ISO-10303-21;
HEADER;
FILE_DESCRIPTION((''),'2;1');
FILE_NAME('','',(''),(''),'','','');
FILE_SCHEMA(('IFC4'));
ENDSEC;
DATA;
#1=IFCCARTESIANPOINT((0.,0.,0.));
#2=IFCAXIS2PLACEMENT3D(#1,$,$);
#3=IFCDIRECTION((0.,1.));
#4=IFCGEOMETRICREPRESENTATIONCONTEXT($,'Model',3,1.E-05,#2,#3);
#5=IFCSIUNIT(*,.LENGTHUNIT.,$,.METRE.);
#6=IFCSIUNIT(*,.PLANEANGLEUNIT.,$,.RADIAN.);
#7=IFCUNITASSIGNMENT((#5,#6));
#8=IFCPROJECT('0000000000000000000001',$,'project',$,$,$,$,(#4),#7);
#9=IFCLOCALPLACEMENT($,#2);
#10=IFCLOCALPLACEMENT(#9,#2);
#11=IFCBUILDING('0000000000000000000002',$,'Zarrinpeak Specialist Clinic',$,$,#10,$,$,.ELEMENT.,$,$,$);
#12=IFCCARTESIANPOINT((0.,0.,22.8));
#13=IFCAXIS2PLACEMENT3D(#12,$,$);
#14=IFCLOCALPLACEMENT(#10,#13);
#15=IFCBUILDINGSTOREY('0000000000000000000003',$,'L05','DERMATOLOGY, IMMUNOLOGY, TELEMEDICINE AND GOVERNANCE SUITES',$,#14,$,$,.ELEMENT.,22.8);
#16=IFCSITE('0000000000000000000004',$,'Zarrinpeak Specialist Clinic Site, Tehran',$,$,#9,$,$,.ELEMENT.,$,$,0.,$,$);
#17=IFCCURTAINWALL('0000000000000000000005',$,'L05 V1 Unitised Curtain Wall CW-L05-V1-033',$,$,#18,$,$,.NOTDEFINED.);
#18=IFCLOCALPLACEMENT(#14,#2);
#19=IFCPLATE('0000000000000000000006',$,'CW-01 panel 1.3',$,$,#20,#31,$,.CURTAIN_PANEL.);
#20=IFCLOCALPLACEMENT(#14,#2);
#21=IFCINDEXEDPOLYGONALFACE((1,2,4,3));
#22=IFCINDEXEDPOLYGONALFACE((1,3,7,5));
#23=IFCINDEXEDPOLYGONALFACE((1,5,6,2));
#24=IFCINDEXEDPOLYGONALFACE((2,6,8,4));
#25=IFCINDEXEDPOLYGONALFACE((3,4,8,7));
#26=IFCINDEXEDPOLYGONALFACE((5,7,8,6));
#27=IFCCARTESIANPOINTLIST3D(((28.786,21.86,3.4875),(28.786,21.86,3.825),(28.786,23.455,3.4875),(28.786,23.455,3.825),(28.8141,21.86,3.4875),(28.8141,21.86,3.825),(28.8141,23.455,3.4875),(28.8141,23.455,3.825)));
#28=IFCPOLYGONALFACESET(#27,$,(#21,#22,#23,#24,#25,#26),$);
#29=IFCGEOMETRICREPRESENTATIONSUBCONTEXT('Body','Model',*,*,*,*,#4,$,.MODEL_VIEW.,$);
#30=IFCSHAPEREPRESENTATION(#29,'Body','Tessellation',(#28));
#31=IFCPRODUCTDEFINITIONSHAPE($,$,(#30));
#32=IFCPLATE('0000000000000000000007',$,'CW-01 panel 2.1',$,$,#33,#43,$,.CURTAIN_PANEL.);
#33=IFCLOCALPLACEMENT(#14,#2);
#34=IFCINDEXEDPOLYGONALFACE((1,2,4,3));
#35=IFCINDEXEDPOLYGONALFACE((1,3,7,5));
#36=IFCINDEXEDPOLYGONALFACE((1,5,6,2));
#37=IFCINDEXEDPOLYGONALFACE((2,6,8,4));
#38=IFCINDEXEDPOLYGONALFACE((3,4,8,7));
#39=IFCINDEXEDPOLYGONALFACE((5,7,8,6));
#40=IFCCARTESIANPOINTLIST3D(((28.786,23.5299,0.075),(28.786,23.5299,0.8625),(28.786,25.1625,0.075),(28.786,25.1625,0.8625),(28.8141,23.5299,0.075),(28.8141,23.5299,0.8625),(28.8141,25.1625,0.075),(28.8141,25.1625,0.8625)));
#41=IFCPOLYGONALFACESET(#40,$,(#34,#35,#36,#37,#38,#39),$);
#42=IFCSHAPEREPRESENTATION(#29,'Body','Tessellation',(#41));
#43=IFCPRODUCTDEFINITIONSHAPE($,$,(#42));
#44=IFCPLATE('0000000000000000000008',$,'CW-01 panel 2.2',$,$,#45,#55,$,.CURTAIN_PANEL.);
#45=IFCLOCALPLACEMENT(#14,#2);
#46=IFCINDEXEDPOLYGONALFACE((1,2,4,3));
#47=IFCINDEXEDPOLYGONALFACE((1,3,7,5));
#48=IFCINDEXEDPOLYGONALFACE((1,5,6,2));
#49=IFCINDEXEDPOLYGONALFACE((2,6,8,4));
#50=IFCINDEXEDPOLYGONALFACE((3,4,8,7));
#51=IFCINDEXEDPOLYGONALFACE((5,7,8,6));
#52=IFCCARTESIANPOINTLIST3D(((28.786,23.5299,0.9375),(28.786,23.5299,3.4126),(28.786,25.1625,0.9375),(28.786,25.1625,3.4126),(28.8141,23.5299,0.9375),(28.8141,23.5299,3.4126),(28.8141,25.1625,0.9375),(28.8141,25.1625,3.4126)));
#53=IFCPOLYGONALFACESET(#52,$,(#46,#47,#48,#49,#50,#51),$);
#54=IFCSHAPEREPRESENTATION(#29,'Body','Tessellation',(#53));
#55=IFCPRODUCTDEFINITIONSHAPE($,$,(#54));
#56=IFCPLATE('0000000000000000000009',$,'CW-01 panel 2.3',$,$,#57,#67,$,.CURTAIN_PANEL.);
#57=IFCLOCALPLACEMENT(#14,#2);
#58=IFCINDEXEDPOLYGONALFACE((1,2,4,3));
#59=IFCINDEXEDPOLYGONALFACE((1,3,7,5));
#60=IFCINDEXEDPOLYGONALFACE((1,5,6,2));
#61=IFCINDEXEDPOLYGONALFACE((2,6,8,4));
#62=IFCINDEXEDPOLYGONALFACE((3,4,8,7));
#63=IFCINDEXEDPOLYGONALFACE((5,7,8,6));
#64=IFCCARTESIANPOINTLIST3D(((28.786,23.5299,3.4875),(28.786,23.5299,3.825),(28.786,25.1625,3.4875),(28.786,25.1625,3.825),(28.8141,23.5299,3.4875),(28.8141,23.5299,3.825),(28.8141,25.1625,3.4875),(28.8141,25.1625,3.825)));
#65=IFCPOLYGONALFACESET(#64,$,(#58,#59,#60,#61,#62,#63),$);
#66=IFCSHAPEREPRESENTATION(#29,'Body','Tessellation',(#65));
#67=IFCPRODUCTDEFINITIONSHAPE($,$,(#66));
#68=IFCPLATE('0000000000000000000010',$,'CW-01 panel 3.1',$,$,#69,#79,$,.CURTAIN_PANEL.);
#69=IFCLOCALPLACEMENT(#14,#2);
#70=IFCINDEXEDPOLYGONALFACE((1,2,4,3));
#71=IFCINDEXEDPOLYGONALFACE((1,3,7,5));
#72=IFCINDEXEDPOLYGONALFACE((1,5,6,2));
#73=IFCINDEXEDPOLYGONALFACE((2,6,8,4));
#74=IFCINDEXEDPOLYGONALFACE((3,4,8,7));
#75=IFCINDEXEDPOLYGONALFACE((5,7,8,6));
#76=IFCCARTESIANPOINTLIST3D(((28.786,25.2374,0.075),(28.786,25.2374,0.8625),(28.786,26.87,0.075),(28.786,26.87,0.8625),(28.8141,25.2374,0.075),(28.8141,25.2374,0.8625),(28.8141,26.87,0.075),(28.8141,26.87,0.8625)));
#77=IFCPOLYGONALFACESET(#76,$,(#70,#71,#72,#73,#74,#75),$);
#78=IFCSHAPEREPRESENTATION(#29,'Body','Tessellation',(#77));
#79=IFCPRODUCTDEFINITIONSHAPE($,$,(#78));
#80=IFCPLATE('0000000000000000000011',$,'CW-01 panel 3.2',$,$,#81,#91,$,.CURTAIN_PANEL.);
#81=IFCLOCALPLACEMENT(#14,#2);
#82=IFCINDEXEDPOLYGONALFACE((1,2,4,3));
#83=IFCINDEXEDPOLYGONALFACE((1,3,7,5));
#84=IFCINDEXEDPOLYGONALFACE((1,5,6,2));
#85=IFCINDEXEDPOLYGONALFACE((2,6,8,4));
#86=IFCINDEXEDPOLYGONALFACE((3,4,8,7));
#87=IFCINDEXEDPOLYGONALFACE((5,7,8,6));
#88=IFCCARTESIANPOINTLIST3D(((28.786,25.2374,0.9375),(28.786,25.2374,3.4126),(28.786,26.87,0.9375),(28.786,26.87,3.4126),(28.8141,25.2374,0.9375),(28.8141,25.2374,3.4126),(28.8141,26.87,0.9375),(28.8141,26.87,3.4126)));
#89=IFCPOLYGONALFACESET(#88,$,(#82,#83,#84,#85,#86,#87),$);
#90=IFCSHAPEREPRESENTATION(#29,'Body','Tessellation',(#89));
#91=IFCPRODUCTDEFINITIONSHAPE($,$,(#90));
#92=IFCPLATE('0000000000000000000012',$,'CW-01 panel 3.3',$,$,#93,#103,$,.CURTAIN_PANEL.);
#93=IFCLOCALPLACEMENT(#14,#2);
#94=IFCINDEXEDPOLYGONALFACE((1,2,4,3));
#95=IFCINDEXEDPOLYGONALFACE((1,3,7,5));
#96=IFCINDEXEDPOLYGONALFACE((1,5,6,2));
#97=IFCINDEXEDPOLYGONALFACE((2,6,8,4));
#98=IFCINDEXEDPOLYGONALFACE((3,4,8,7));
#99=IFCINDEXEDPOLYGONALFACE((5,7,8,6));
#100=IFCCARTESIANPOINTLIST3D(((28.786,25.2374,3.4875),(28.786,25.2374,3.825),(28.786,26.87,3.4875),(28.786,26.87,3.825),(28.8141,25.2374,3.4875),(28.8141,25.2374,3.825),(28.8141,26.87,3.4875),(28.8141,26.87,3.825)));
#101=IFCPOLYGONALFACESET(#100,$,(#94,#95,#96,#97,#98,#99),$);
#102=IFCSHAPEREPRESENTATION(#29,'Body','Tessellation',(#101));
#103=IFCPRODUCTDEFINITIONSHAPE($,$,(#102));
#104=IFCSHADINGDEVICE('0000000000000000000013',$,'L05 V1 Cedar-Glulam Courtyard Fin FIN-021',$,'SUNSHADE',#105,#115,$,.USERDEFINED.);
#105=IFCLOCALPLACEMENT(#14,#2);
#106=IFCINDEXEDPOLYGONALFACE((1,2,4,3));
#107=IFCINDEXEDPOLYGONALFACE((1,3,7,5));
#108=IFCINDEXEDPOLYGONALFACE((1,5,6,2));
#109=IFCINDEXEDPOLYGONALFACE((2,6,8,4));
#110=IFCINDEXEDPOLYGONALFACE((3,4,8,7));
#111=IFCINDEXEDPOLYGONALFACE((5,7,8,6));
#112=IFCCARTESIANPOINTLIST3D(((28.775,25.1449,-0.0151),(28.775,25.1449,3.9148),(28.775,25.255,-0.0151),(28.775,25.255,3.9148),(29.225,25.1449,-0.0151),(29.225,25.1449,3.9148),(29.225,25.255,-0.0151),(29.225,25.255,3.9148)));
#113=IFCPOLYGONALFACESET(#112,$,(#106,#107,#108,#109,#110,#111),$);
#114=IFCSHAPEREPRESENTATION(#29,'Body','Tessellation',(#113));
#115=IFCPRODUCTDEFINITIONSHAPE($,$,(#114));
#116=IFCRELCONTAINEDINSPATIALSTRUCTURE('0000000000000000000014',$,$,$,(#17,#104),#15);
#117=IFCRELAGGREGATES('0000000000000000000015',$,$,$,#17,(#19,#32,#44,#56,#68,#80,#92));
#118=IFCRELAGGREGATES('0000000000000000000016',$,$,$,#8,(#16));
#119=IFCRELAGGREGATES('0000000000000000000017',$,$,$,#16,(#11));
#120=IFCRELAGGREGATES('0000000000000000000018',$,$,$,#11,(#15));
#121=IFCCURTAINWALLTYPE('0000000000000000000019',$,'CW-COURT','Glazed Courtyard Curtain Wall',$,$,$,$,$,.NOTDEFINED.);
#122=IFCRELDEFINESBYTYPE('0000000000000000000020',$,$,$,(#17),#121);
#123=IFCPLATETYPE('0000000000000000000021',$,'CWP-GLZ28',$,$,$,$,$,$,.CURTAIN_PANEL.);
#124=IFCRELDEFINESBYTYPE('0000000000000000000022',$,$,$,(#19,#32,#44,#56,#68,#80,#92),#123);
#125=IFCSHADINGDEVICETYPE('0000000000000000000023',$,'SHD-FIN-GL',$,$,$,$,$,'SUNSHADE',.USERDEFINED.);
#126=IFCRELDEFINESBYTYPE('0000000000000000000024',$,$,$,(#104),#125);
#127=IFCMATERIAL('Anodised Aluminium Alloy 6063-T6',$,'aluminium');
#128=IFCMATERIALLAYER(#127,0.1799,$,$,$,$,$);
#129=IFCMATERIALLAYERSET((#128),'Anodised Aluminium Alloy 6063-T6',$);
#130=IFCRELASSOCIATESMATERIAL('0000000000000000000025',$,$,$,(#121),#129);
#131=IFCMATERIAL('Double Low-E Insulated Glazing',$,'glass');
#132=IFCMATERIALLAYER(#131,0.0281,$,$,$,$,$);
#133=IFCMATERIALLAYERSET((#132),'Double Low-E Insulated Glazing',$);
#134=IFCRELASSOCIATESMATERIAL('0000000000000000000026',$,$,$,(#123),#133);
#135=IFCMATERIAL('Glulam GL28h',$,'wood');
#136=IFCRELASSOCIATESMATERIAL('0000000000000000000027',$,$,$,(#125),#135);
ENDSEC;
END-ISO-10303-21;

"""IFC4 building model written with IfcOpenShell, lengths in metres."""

from ifc_helpers import new_model, si_unit, direction, frame, origin, origin_2d, place, context, subcontext, project, spatial, rectangle, extrude, material, layer, layer_set, type_object, element, aggregate, save


model = new_model("IFC4")

# Units and contexts
model_context = context("Model", 3, precision=1e-05, world=origin(), true_north=direction((0.0, 1.0)))
body_context = subcontext(model_context, "Body", "Model", "MODEL_VIEW")
ifc_project = project(units=[si_unit("LENGTHUNIT", "METRE"), si_unit("PLANEANGLEUNIT", "RADIAN")], contexts=[model_context])

# Site, building, storey
site_placement = place(None, origin())
site = spatial("IfcSite", under=ifc_project, at=site_placement, Name="Zarrinpeak Specialist Clinic Site, Tehran", CompositionType="ELEMENT", RefElevation=0.0)
building_placement = place(site_placement, origin())
building = spatial("IfcBuilding", under=site, at=building_placement, Name="Zarrinpeak Specialist Clinic", CompositionType="ELEMENT")
storey_placement = place(building_placement, frame((0.0, 0.0, 22.8)))
storey = spatial("IfcBuildingStorey", under=building, at=storey_placement, Name="L05", Description="DERMATOLOGY, IMMUNOLOGY, TELEMEDICINE AND GOVERNANCE SUITES", CompositionType="ELEMENT", Elevation=22.8)

# Curtain wall, plates
ifc_material_1 = material(Name="Anodised Aluminium Alloy 6063-T6", Category="aluminium")
ifc_layer_1 = layer(ifc_material_1, 0.1799)
ifc_layer_set_1 = layer_set([ifc_layer_1], Name="Anodised Aluminium Alloy 6063-T6")
curtain_wall_type = type_object("IfcCurtainWallType", Name="CW-COURT", Description="Glazed Courtyard Curtain Wall", PredefinedType="NOTDEFINED", material=ifc_layer_set_1)
curtain_wall_placement = place(storey_placement, origin())
curtain_wall = element("IfcCurtainWall", 1, at=curtain_wall_placement, inside=storey, type_object=curtain_wall_type, Name="L05 V1 Unitised Curtain Wall CW-L05-V1-033", PredefinedType="NOTDEFINED")
ifc_material_2 = material(Name="Double Low-E Insulated Glazing", Category="glass")
ifc_layer_2 = layer(ifc_material_2, 0.0281)
ifc_layer_set_2 = layer_set([ifc_layer_2], Name="Double Low-E Insulated Glazing")
plate_type = type_object("IfcPlateType", Name="CWP-GLZ28", PredefinedType="CURTAIN_PANEL", material=ifc_layer_set_2)
plate_1_placement = place(storey_placement, frame((28.8, 22.6575, 3.4875), z_axis=(0.0, 0.0, 1.0), x_axis=(0.0, 1.0, 0.0)))
plate_1 = element("IfcPlate", 2, at=plate_1_placement, type_object=plate_type, Name="CW-01 panel 1.3", PredefinedType="CURTAIN_PANEL", context=body_context, shape_type="SweptSolid", body=[
    extrude(rectangle(XDim=1.595, YDim=0.0281, at=origin_2d()), origin(), (0.0, 0.0, 1.0), 0.3374),
])
plate_2_placement = place(storey_placement, frame((28.8, 24.3462, 0.075), z_axis=(0.0, 0.0, 1.0), x_axis=(0.0, 1.0, 0.0)))
plate_2 = element("IfcPlate", 3, at=plate_2_placement, type_object=plate_type, Name="CW-01 panel 2.1", PredefinedType="CURTAIN_PANEL", context=body_context, shape_type="SweptSolid", body=[
    extrude(rectangle(XDim=1.6326, YDim=0.0281, at=origin_2d()), origin(), (0.0, 0.0, 1.0), 0.7876),
])
plate_3_placement = place(storey_placement, frame((28.8, 24.3462, 0.9375), z_axis=(0.0, 0.0, 1.0), x_axis=(0.0, 1.0, 0.0)))
plate_3 = element("IfcPlate", 4, at=plate_3_placement, type_object=plate_type, Name="CW-01 panel 2.2", PredefinedType="CURTAIN_PANEL", context=body_context, shape_type="SweptSolid", body=[
    extrude(rectangle(XDim=1.6326, YDim=0.0281, at=origin_2d()), origin(), (0.0, 0.0, 1.0), 2.4751),
])
plate_4_placement = place(storey_placement, frame((28.8, 24.3462, 3.4875), z_axis=(0.0, 0.0, 1.0), x_axis=(0.0, 1.0, 0.0)))
plate_4 = element("IfcPlate", 5, at=plate_4_placement, type_object=plate_type, Name="CW-01 panel 2.3", PredefinedType="CURTAIN_PANEL", context=body_context, shape_type="SweptSolid", body=[
    extrude(rectangle(XDim=1.6326, YDim=0.0281, at=origin_2d()), origin(), (0.0, 0.0, 1.0), 0.3374),
])
plate_5_placement = place(storey_placement, frame((28.8, 26.0537, 0.075), z_axis=(0.0, 0.0, 1.0), x_axis=(0.0, 1.0, 0.0)))
plate_5 = element("IfcPlate", 6, at=plate_5_placement, type_object=plate_type, Name="CW-01 panel 3.1", PredefinedType="CURTAIN_PANEL", context=body_context, shape_type="SweptSolid", body=[
    extrude(rectangle(XDim=1.6326, YDim=0.0281, at=origin_2d()), origin(), (0.0, 0.0, 1.0), 0.7876),
])
plate_6_placement = place(storey_placement, frame((28.8, 26.0537, 0.9375), z_axis=(0.0, 0.0, 1.0), x_axis=(0.0, 1.0, 0.0)))
plate_6 = element("IfcPlate", 7, at=plate_6_placement, type_object=plate_type, Name="CW-01 panel 3.2", PredefinedType="CURTAIN_PANEL", context=body_context, shape_type="SweptSolid", body=[
    extrude(rectangle(XDim=1.6326, YDim=0.0281, at=origin_2d()), origin(), (0.0, 0.0, 1.0), 2.4751),
])
plate_7_placement = place(storey_placement, frame((28.8, 26.0537, 3.4875), z_axis=(0.0, 0.0, 1.0), x_axis=(0.0, 1.0, 0.0)))
plate_7 = element("IfcPlate", 8, at=plate_7_placement, type_object=plate_type, Name="CW-01 panel 3.3", PredefinedType="CURTAIN_PANEL", context=body_context, shape_type="SweptSolid", body=[
    extrude(rectangle(XDim=1.6326, YDim=0.0281, at=origin_2d()), origin(), (0.0, 0.0, 1.0), 0.3374),
])
aggregate(curtain_wall, [plate_1, plate_2, plate_3, plate_4, plate_5, plate_6, plate_7])

# Shading device
ifc_material_3 = material(Name="Glulam GL28h", Category="wood")
shading_device_type = type_object("IfcShadingDeviceType", Name="SHD-FIN-GL", ElementType="SUNSHADE", PredefinedType="USERDEFINED", material=ifc_material_3)
shading_device_placement = place(storey_placement, frame((29.0, 25.2, -0.0151), z_axis=(0.0, 0.0, 1.0), x_axis=(1.0, 0.0, 0.0)))
element("IfcShadingDevice", 9, at=shading_device_placement, inside=storey, type_object=shading_device_type, Name="L05 V1 Cedar-Glulam Courtyard Fin FIN-021", ObjectType="SUNSHADE", PredefinedType="USERDEFINED", context=body_context, shape_type="SweptSolid", body=[
    extrude(rectangle(XDim=0.45, YDim=0.1101, at=origin_2d()), origin(), (0.0, 0.0, 1.0), 3.9299),
])

save(model, "model.ifc")
